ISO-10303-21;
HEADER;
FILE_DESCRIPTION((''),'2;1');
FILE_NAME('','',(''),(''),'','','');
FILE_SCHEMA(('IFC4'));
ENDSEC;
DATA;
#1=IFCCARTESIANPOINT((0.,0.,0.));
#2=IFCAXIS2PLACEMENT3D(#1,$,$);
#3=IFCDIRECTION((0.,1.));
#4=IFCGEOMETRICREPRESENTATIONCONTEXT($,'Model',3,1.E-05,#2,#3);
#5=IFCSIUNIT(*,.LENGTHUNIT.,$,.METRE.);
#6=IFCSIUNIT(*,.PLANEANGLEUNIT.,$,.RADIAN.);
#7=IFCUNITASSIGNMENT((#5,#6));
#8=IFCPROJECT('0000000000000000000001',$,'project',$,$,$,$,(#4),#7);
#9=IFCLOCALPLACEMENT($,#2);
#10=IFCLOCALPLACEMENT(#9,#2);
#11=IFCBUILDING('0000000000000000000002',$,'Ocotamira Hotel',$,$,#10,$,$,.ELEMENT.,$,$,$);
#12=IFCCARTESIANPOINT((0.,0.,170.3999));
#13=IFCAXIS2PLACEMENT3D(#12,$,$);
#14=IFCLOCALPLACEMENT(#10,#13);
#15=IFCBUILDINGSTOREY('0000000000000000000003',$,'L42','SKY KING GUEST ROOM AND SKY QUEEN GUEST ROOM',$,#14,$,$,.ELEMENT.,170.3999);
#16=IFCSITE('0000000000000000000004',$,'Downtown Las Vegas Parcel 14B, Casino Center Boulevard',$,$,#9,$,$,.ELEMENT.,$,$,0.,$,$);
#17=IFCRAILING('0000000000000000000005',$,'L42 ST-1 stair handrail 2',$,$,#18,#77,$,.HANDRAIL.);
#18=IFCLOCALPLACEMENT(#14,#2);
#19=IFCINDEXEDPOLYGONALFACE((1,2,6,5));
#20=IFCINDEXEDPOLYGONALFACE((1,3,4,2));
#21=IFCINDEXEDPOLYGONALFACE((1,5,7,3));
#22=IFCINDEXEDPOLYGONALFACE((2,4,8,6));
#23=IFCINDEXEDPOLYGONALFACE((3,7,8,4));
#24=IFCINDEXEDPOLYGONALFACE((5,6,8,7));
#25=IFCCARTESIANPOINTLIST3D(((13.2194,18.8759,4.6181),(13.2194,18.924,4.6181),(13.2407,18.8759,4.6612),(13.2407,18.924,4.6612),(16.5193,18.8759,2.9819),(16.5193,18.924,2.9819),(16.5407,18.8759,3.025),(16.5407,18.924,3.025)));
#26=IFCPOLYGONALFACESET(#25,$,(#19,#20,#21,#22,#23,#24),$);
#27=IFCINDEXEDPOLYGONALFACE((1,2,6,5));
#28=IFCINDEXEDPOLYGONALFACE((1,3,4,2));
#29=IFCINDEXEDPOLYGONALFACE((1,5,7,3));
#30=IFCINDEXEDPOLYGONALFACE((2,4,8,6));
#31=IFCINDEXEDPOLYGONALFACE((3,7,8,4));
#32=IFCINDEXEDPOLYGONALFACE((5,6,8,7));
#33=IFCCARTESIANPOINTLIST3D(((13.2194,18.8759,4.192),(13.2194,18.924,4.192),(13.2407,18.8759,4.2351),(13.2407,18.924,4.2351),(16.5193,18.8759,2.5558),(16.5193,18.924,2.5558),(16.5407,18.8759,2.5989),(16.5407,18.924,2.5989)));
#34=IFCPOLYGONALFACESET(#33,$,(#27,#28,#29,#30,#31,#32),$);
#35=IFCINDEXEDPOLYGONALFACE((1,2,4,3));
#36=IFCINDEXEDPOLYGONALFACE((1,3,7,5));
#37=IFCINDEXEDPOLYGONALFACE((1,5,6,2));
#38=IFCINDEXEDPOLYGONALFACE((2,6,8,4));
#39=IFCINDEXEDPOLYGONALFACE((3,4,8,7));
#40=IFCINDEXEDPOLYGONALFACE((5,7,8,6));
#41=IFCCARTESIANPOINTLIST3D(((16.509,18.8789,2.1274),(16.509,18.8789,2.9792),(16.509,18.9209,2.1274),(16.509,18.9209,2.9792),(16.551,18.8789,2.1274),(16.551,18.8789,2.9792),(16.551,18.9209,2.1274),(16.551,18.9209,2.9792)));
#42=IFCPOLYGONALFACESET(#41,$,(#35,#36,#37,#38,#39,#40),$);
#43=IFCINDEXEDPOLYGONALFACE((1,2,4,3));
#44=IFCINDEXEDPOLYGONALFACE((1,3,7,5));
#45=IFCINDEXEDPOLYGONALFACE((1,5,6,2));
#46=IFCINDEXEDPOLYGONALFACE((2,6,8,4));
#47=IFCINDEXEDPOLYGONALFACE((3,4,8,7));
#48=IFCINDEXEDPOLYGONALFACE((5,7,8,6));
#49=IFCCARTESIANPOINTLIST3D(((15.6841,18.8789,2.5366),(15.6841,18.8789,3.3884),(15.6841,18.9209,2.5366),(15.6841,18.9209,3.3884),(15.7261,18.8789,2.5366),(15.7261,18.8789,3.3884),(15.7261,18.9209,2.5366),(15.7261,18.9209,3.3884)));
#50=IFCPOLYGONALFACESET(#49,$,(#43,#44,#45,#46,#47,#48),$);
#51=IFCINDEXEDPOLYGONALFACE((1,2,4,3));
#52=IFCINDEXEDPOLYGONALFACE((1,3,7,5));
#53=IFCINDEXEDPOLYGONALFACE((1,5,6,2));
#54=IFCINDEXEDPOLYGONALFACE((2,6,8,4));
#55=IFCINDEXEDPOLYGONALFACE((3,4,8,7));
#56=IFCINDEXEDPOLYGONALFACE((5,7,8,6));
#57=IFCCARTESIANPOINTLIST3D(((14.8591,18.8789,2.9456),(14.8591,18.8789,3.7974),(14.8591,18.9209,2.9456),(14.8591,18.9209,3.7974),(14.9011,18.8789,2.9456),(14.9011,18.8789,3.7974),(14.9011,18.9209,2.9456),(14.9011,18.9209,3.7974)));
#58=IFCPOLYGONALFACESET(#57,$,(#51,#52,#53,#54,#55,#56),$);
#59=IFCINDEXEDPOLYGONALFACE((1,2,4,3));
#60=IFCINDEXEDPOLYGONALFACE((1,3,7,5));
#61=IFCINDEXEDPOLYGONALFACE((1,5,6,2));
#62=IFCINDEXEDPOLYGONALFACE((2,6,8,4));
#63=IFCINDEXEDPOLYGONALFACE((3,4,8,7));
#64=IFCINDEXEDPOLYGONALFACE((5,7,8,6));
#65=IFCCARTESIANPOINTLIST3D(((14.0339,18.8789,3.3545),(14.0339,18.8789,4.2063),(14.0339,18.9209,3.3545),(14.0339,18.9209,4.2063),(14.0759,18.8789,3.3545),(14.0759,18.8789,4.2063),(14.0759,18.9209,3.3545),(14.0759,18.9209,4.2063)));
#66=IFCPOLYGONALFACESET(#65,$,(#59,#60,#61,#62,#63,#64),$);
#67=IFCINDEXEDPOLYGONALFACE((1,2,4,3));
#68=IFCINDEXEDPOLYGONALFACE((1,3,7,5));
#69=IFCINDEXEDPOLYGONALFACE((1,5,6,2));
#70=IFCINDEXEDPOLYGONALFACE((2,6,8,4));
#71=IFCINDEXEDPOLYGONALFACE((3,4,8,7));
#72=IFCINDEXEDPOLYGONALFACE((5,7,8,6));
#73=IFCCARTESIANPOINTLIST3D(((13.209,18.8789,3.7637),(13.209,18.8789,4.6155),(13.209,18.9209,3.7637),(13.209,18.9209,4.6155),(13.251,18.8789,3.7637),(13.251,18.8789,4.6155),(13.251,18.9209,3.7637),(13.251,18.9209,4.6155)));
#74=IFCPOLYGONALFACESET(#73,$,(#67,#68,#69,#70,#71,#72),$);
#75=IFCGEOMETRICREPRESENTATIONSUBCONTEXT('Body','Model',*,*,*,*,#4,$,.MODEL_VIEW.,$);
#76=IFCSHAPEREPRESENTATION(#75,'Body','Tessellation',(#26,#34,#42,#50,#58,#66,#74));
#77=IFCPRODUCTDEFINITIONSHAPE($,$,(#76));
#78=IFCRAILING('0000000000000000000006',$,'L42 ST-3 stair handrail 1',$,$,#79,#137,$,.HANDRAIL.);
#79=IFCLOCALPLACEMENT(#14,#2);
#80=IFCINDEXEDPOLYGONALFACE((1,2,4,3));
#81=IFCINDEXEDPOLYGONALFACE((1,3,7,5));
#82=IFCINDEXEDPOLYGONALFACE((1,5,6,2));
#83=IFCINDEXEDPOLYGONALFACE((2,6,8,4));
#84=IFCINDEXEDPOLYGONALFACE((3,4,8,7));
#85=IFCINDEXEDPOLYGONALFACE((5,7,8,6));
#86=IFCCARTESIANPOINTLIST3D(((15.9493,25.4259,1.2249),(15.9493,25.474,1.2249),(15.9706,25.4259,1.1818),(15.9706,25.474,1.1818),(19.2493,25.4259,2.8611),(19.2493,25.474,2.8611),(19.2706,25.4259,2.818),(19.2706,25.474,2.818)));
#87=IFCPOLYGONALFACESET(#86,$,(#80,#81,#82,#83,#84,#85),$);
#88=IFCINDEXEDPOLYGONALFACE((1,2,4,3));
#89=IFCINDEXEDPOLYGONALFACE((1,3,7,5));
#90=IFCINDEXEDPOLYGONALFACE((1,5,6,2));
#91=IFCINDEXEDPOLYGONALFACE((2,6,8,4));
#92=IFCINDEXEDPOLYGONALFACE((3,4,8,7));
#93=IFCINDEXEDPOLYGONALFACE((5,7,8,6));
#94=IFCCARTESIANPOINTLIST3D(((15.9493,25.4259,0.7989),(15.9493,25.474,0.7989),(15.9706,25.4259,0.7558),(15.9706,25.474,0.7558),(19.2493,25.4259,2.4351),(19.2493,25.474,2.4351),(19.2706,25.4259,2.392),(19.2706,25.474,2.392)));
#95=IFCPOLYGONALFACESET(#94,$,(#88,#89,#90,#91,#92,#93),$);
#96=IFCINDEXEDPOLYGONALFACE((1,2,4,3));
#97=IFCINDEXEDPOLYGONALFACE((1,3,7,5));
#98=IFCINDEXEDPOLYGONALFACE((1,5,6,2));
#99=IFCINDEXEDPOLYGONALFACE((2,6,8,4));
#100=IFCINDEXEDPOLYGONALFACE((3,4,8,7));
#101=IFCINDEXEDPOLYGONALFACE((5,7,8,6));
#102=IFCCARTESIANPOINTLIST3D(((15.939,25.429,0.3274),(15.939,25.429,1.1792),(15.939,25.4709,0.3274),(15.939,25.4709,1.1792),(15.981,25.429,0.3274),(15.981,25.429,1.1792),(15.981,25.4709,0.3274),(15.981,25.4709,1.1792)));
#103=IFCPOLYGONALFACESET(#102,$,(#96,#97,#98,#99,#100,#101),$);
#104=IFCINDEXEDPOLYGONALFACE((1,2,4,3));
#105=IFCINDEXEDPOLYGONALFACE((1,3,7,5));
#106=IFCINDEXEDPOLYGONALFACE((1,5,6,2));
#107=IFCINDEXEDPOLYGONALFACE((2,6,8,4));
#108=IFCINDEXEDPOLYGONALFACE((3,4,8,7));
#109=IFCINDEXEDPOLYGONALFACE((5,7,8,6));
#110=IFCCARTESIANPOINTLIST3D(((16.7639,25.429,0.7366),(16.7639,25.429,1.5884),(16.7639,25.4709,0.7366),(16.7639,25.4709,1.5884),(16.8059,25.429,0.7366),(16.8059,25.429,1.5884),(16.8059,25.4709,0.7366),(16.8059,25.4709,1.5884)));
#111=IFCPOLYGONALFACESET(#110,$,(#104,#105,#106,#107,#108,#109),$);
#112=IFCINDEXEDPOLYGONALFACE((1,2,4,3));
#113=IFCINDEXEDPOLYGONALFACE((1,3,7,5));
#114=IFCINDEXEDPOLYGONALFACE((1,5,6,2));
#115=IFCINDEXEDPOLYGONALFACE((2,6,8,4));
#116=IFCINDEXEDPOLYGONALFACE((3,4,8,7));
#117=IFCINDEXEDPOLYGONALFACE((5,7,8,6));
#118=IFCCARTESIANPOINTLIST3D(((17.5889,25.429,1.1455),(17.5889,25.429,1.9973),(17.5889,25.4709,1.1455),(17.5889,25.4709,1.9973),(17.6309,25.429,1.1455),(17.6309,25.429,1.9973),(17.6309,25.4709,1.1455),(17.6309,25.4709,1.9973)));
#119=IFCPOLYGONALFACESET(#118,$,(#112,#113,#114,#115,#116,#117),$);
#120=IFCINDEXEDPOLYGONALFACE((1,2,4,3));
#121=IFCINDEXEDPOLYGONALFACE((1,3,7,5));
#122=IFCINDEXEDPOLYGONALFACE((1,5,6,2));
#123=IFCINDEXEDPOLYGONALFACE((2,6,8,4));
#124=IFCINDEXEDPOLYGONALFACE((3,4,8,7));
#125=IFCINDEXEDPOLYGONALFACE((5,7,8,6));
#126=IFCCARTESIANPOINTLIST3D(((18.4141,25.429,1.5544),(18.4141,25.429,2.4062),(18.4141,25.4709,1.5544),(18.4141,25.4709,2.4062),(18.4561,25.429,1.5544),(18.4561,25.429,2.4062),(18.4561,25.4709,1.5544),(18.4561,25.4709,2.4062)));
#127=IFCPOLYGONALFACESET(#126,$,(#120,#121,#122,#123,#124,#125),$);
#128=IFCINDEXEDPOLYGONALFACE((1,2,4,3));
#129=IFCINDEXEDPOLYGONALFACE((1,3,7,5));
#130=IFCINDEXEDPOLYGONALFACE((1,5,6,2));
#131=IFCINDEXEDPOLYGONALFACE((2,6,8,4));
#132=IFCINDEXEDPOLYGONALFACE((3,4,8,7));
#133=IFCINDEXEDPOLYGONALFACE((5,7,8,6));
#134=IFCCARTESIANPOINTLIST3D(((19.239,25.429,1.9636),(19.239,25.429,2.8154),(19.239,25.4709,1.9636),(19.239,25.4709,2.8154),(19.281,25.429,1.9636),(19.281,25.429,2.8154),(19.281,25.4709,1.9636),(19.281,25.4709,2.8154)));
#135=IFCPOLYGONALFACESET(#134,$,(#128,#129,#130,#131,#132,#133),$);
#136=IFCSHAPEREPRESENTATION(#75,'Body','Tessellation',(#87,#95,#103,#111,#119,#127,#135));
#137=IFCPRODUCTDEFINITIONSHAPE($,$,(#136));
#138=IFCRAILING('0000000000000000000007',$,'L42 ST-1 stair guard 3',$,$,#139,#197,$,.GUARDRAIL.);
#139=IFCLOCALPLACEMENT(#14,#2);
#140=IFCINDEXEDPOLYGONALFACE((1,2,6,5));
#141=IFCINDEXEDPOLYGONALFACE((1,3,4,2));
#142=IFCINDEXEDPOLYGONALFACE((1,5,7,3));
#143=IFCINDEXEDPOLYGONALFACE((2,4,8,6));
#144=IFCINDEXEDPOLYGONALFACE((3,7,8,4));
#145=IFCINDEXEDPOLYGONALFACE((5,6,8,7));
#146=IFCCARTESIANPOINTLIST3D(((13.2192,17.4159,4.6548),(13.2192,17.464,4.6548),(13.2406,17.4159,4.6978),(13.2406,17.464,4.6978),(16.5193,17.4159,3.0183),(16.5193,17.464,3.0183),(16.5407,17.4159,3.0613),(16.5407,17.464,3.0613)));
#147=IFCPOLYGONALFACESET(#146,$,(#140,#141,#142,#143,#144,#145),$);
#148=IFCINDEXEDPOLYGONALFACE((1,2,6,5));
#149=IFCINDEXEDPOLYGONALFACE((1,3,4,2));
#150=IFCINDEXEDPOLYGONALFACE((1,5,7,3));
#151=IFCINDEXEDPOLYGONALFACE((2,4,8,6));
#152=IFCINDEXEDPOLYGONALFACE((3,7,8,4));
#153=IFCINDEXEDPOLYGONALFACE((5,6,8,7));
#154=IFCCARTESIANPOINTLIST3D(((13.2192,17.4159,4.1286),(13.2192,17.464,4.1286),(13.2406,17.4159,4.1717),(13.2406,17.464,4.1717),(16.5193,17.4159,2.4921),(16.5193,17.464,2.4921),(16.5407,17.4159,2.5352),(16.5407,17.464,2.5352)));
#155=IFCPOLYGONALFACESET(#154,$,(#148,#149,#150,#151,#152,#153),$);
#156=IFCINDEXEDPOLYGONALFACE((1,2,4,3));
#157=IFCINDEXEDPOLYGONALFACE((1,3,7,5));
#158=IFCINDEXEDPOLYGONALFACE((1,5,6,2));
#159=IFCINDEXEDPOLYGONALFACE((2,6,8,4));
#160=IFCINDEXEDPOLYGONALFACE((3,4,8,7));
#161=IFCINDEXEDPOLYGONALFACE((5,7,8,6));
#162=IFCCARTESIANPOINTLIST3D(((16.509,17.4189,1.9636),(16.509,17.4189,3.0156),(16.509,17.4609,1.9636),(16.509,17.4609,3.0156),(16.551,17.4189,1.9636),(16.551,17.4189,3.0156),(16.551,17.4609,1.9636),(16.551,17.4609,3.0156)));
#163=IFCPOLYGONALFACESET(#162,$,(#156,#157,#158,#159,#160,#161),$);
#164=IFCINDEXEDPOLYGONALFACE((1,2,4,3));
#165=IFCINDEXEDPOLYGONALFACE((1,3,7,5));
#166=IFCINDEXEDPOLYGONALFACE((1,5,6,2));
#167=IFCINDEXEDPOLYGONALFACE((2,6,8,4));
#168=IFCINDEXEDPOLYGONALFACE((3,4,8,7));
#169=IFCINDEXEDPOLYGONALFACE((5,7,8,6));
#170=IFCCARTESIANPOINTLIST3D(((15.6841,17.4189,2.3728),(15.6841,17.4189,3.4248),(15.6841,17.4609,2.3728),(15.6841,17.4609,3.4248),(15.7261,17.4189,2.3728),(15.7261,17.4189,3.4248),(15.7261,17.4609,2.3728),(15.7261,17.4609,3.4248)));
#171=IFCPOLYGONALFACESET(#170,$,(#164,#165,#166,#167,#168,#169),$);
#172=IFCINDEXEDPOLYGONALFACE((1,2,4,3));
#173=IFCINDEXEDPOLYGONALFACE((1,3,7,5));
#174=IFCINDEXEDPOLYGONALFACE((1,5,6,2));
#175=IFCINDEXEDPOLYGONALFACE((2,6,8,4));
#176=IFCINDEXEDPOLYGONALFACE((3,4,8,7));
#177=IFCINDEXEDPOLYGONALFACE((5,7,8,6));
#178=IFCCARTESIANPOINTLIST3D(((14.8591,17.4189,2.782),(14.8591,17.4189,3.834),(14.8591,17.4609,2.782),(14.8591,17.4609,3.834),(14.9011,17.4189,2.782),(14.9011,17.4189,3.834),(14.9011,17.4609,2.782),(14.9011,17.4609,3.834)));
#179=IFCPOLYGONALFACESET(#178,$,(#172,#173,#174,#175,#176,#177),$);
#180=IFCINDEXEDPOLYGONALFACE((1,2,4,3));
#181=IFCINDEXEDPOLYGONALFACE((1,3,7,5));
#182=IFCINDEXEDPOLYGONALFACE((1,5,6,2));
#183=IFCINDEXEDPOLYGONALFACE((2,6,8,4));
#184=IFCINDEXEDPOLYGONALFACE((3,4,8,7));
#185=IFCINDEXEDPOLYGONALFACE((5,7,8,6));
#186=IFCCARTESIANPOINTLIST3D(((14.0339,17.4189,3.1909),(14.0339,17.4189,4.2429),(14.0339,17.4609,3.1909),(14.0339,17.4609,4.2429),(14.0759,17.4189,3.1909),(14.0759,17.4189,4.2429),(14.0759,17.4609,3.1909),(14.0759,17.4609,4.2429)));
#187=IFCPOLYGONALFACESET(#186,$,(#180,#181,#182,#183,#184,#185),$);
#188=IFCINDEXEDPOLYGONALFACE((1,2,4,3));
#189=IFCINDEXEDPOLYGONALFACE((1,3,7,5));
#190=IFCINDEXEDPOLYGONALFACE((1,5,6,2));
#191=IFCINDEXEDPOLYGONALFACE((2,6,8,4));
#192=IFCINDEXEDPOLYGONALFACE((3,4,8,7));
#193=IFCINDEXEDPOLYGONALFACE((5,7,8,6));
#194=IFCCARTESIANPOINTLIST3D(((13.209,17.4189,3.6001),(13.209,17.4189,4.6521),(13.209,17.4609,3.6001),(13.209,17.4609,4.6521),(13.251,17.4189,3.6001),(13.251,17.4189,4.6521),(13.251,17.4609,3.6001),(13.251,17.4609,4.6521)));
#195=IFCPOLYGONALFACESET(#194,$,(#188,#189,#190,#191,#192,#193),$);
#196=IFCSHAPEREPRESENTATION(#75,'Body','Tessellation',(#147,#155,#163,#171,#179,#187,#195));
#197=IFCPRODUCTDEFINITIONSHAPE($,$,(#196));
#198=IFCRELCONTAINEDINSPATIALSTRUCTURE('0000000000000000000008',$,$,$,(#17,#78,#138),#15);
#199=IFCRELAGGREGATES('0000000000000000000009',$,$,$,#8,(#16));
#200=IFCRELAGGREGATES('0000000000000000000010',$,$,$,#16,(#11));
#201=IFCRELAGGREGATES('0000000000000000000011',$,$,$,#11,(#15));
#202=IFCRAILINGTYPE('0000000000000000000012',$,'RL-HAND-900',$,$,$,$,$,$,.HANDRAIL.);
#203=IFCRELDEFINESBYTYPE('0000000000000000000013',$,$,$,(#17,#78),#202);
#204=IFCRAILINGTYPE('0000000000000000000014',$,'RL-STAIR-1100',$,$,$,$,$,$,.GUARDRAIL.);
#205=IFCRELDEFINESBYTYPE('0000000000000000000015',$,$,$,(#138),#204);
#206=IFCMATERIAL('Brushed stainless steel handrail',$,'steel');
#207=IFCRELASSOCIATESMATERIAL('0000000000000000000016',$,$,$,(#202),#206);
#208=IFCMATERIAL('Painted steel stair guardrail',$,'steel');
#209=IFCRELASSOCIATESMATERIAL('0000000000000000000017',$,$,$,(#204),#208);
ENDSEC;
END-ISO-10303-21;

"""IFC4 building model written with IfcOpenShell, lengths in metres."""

from ifc_helpers import new_model, si_unit, direction, frame, origin, origin_2d, place, context, subcontext, project, spatial, rectangle, extrude, material, type_object, element, save


model = new_model("IFC4")

# Units and contexts
model_context = context("Model", 3, precision=1e-05, world=origin(), true_north=direction((0.0, 1.0)))
body_context = subcontext(model_context, "Body", "Model", "MODEL_VIEW")
ifc_project = project(units=[si_unit("LENGTHUNIT", "METRE"), si_unit("PLANEANGLEUNIT", "RADIAN")], contexts=[model_context])

# Site, building, storey
site_placement = place(None, origin())
site = spatial("IfcSite", under=ifc_project, at=site_placement, Name="Downtown Las Vegas Parcel 14B, Casino Center Boulevard", CompositionType="ELEMENT", RefElevation=0.0)
building_placement = place(site_placement, origin())
building = spatial("IfcBuilding", under=site, at=building_placement, Name="Ocotamira Hotel", CompositionType="ELEMENT")
storey_placement = place(building_placement, frame((0.0, 0.0, 170.3999)))
storey = spatial("IfcBuildingStorey", under=building, at=storey_placement, Name="L42", Description="SKY KING GUEST ROOM AND SKY QUEEN GUEST ROOM", CompositionType="ELEMENT", Elevation=170.3999)

# Railings
ifc_material_1 = material(Name="Brushed stainless steel handrail", Category="steel")
railing_type_1 = type_object("IfcRailingType", Name="RL-HAND-900", PredefinedType="HANDRAIL", material=ifc_material_1)
railing_1_placement = place(storey_placement, frame((16.53, 18.8999, 2.1274)))
element("IfcRailing", 1, at=railing_1_placement, inside=storey, type_object=railing_type_1, Name="L42 ST-1 stair handrail 2", PredefinedType="HANDRAIL", context=body_context, shape_type="SweptSolid", body=[
    extrude(rectangle(XDim=0.0481, YDim=0.0481, at=origin_2d()), frame((0.0, 0.0, 0.876), z_axis=(-0.89592, 0.0, 0.444215), x_axis=(0.0, -1.0, 0.0)), (0.0, 0.0, 1.0), 3.6833),
    extrude(rectangle(XDim=0.0481, YDim=0.0481, at=origin_2d()), frame((0.0, 0.0, 0.45), z_axis=(-0.89592, 0.0, 0.444215), x_axis=(0.0, -1.0, 0.0)), (0.0, 0.0, 1.0), 3.6833),
    extrude(rectangle(XDim=0.042, YDim=0.042, at=origin_2d()), origin(), (0.0, 0.0, 1.0), 0.8518),
    extrude(rectangle(XDim=0.042, YDim=0.042, at=origin_2d()), frame((-0.825, 0.0, 0.4092)), (0.0, 0.0, 1.0), 0.8518),
    extrude(rectangle(XDim=0.042, YDim=0.042, at=origin_2d()), frame((-1.6499, 0.0, 0.8181)), (0.0, 0.0, 1.0), 0.8518),
    extrude(rectangle(XDim=0.042, YDim=0.042, at=origin_2d()), frame((-2.4751, 0.0, 1.2271)), (0.0, 0.0, 1.0), 0.8518),
    extrude(rectangle(XDim=0.042, YDim=0.042, at=origin_2d()), frame((-3.3, 0.0, 1.6362)), (0.0, 0.0, 1.0), 0.8518),
])
railing_2_placement = place(storey_placement, frame((15.96, 25.45, 0.3274)))
element("IfcRailing", 2, at=railing_2_placement, inside=storey, type_object=railing_type_1, Name="L42 ST-3 stair handrail 1", PredefinedType="HANDRAIL", context=body_context, shape_type="SweptSolid", body=[
    extrude(rectangle(XDim=0.0481, YDim=0.0481, at=origin_2d()), frame((0.0, 0.0, 0.876), z_axis=(0.89592, 0.0, 0.444215), x_axis=(0.0, 1.0, 0.0)), (0.0, 0.0, 1.0), 3.6833),
    extrude(rectangle(XDim=0.0481, YDim=0.0481, at=origin_2d()), frame((0.0, 0.0, 0.45), z_axis=(0.89592, 0.0, 0.444215), x_axis=(0.0, 1.0, 0.0)), (0.0, 0.0, 1.0), 3.6833),
    extrude(rectangle(XDim=0.042, YDim=0.042, at=origin_2d()), origin(), (0.0, 0.0, 1.0), 0.8518),
    extrude(rectangle(XDim=0.042, YDim=0.042, at=origin_2d()), frame((0.825, 0.0, 0.4092)), (0.0, 0.0, 1.0), 0.8518),
    extrude(rectangle(XDim=0.042, YDim=0.042, at=origin_2d()), frame((1.6499, 0.0, 0.8181)), (0.0, 0.0, 1.0), 0.8518),
    extrude(rectangle(XDim=0.042, YDim=0.042, at=origin_2d()), frame((2.4751, 0.0, 1.2271)), (0.0, 0.0, 1.0), 0.8518),
    extrude(rectangle(XDim=0.042, YDim=0.042, at=origin_2d()), frame((3.3, 0.0, 1.6362)), (0.0, 0.0, 1.0), 0.8518),
])
ifc_material_2 = material(Name="Painted steel stair guardrail", Category="steel")
railing_type_2 = type_object("IfcRailingType", Name="RL-STAIR-1100", PredefinedType="GUARDRAIL", material=ifc_material_2)
railing_3_placement = place(storey_placement, frame((16.53, 17.4399, 1.9636)))
element("IfcRailing", 3, at=railing_3_placement, inside=storey, type_object=railing_type_2, Name="L42 ST-1 stair guard 3", PredefinedType="GUARDRAIL", context=body_context, shape_type="SweptSolid", body=[
    extrude(rectangle(XDim=0.0481, YDim=0.0481, at=origin_2d()), frame((0.0, 0.0, 1.0762), z_axis=(-0.895894, 0.0, 0.444268), x_axis=(0.0, -1.0, 0.0)), (0.0, 0.0, 1.0), 3.6836),
    extrude(rectangle(XDim=0.0481, YDim=0.0481, at=origin_2d()), frame((0.0, 0.0, 0.55), z_axis=(-0.895894, 0.0, 0.444268), x_axis=(0.0, -1.0, 0.0)), (0.0, 0.0, 1.0), 3.6836),
    extrude(rectangle(XDim=0.042, YDim=0.042, at=origin_2d()), origin(), (0.0, 0.0, 1.0), 1.052),
    extrude(rectangle(XDim=0.042, YDim=0.042, at=origin_2d()), frame((-0.825, 0.0, 0.4092)), (0.0, 0.0, 1.0), 1.052),
    extrude(rectangle(XDim=0.042, YDim=0.042, at=origin_2d()), frame((-1.6499, 0.0, 0.8184)), (0.0, 0.0, 1.0), 1.052),
    extrude(rectangle(XDim=0.042, YDim=0.042, at=origin_2d()), frame((-2.4751, 0.0, 1.2273)), (0.0, 0.0, 1.0), 1.052),
    extrude(rectangle(XDim=0.042, YDim=0.042, at=origin_2d()), frame((-3.3, 0.0, 1.6365)), (0.0, 0.0, 1.0), 1.052),
])

save(model, "model.ifc")
